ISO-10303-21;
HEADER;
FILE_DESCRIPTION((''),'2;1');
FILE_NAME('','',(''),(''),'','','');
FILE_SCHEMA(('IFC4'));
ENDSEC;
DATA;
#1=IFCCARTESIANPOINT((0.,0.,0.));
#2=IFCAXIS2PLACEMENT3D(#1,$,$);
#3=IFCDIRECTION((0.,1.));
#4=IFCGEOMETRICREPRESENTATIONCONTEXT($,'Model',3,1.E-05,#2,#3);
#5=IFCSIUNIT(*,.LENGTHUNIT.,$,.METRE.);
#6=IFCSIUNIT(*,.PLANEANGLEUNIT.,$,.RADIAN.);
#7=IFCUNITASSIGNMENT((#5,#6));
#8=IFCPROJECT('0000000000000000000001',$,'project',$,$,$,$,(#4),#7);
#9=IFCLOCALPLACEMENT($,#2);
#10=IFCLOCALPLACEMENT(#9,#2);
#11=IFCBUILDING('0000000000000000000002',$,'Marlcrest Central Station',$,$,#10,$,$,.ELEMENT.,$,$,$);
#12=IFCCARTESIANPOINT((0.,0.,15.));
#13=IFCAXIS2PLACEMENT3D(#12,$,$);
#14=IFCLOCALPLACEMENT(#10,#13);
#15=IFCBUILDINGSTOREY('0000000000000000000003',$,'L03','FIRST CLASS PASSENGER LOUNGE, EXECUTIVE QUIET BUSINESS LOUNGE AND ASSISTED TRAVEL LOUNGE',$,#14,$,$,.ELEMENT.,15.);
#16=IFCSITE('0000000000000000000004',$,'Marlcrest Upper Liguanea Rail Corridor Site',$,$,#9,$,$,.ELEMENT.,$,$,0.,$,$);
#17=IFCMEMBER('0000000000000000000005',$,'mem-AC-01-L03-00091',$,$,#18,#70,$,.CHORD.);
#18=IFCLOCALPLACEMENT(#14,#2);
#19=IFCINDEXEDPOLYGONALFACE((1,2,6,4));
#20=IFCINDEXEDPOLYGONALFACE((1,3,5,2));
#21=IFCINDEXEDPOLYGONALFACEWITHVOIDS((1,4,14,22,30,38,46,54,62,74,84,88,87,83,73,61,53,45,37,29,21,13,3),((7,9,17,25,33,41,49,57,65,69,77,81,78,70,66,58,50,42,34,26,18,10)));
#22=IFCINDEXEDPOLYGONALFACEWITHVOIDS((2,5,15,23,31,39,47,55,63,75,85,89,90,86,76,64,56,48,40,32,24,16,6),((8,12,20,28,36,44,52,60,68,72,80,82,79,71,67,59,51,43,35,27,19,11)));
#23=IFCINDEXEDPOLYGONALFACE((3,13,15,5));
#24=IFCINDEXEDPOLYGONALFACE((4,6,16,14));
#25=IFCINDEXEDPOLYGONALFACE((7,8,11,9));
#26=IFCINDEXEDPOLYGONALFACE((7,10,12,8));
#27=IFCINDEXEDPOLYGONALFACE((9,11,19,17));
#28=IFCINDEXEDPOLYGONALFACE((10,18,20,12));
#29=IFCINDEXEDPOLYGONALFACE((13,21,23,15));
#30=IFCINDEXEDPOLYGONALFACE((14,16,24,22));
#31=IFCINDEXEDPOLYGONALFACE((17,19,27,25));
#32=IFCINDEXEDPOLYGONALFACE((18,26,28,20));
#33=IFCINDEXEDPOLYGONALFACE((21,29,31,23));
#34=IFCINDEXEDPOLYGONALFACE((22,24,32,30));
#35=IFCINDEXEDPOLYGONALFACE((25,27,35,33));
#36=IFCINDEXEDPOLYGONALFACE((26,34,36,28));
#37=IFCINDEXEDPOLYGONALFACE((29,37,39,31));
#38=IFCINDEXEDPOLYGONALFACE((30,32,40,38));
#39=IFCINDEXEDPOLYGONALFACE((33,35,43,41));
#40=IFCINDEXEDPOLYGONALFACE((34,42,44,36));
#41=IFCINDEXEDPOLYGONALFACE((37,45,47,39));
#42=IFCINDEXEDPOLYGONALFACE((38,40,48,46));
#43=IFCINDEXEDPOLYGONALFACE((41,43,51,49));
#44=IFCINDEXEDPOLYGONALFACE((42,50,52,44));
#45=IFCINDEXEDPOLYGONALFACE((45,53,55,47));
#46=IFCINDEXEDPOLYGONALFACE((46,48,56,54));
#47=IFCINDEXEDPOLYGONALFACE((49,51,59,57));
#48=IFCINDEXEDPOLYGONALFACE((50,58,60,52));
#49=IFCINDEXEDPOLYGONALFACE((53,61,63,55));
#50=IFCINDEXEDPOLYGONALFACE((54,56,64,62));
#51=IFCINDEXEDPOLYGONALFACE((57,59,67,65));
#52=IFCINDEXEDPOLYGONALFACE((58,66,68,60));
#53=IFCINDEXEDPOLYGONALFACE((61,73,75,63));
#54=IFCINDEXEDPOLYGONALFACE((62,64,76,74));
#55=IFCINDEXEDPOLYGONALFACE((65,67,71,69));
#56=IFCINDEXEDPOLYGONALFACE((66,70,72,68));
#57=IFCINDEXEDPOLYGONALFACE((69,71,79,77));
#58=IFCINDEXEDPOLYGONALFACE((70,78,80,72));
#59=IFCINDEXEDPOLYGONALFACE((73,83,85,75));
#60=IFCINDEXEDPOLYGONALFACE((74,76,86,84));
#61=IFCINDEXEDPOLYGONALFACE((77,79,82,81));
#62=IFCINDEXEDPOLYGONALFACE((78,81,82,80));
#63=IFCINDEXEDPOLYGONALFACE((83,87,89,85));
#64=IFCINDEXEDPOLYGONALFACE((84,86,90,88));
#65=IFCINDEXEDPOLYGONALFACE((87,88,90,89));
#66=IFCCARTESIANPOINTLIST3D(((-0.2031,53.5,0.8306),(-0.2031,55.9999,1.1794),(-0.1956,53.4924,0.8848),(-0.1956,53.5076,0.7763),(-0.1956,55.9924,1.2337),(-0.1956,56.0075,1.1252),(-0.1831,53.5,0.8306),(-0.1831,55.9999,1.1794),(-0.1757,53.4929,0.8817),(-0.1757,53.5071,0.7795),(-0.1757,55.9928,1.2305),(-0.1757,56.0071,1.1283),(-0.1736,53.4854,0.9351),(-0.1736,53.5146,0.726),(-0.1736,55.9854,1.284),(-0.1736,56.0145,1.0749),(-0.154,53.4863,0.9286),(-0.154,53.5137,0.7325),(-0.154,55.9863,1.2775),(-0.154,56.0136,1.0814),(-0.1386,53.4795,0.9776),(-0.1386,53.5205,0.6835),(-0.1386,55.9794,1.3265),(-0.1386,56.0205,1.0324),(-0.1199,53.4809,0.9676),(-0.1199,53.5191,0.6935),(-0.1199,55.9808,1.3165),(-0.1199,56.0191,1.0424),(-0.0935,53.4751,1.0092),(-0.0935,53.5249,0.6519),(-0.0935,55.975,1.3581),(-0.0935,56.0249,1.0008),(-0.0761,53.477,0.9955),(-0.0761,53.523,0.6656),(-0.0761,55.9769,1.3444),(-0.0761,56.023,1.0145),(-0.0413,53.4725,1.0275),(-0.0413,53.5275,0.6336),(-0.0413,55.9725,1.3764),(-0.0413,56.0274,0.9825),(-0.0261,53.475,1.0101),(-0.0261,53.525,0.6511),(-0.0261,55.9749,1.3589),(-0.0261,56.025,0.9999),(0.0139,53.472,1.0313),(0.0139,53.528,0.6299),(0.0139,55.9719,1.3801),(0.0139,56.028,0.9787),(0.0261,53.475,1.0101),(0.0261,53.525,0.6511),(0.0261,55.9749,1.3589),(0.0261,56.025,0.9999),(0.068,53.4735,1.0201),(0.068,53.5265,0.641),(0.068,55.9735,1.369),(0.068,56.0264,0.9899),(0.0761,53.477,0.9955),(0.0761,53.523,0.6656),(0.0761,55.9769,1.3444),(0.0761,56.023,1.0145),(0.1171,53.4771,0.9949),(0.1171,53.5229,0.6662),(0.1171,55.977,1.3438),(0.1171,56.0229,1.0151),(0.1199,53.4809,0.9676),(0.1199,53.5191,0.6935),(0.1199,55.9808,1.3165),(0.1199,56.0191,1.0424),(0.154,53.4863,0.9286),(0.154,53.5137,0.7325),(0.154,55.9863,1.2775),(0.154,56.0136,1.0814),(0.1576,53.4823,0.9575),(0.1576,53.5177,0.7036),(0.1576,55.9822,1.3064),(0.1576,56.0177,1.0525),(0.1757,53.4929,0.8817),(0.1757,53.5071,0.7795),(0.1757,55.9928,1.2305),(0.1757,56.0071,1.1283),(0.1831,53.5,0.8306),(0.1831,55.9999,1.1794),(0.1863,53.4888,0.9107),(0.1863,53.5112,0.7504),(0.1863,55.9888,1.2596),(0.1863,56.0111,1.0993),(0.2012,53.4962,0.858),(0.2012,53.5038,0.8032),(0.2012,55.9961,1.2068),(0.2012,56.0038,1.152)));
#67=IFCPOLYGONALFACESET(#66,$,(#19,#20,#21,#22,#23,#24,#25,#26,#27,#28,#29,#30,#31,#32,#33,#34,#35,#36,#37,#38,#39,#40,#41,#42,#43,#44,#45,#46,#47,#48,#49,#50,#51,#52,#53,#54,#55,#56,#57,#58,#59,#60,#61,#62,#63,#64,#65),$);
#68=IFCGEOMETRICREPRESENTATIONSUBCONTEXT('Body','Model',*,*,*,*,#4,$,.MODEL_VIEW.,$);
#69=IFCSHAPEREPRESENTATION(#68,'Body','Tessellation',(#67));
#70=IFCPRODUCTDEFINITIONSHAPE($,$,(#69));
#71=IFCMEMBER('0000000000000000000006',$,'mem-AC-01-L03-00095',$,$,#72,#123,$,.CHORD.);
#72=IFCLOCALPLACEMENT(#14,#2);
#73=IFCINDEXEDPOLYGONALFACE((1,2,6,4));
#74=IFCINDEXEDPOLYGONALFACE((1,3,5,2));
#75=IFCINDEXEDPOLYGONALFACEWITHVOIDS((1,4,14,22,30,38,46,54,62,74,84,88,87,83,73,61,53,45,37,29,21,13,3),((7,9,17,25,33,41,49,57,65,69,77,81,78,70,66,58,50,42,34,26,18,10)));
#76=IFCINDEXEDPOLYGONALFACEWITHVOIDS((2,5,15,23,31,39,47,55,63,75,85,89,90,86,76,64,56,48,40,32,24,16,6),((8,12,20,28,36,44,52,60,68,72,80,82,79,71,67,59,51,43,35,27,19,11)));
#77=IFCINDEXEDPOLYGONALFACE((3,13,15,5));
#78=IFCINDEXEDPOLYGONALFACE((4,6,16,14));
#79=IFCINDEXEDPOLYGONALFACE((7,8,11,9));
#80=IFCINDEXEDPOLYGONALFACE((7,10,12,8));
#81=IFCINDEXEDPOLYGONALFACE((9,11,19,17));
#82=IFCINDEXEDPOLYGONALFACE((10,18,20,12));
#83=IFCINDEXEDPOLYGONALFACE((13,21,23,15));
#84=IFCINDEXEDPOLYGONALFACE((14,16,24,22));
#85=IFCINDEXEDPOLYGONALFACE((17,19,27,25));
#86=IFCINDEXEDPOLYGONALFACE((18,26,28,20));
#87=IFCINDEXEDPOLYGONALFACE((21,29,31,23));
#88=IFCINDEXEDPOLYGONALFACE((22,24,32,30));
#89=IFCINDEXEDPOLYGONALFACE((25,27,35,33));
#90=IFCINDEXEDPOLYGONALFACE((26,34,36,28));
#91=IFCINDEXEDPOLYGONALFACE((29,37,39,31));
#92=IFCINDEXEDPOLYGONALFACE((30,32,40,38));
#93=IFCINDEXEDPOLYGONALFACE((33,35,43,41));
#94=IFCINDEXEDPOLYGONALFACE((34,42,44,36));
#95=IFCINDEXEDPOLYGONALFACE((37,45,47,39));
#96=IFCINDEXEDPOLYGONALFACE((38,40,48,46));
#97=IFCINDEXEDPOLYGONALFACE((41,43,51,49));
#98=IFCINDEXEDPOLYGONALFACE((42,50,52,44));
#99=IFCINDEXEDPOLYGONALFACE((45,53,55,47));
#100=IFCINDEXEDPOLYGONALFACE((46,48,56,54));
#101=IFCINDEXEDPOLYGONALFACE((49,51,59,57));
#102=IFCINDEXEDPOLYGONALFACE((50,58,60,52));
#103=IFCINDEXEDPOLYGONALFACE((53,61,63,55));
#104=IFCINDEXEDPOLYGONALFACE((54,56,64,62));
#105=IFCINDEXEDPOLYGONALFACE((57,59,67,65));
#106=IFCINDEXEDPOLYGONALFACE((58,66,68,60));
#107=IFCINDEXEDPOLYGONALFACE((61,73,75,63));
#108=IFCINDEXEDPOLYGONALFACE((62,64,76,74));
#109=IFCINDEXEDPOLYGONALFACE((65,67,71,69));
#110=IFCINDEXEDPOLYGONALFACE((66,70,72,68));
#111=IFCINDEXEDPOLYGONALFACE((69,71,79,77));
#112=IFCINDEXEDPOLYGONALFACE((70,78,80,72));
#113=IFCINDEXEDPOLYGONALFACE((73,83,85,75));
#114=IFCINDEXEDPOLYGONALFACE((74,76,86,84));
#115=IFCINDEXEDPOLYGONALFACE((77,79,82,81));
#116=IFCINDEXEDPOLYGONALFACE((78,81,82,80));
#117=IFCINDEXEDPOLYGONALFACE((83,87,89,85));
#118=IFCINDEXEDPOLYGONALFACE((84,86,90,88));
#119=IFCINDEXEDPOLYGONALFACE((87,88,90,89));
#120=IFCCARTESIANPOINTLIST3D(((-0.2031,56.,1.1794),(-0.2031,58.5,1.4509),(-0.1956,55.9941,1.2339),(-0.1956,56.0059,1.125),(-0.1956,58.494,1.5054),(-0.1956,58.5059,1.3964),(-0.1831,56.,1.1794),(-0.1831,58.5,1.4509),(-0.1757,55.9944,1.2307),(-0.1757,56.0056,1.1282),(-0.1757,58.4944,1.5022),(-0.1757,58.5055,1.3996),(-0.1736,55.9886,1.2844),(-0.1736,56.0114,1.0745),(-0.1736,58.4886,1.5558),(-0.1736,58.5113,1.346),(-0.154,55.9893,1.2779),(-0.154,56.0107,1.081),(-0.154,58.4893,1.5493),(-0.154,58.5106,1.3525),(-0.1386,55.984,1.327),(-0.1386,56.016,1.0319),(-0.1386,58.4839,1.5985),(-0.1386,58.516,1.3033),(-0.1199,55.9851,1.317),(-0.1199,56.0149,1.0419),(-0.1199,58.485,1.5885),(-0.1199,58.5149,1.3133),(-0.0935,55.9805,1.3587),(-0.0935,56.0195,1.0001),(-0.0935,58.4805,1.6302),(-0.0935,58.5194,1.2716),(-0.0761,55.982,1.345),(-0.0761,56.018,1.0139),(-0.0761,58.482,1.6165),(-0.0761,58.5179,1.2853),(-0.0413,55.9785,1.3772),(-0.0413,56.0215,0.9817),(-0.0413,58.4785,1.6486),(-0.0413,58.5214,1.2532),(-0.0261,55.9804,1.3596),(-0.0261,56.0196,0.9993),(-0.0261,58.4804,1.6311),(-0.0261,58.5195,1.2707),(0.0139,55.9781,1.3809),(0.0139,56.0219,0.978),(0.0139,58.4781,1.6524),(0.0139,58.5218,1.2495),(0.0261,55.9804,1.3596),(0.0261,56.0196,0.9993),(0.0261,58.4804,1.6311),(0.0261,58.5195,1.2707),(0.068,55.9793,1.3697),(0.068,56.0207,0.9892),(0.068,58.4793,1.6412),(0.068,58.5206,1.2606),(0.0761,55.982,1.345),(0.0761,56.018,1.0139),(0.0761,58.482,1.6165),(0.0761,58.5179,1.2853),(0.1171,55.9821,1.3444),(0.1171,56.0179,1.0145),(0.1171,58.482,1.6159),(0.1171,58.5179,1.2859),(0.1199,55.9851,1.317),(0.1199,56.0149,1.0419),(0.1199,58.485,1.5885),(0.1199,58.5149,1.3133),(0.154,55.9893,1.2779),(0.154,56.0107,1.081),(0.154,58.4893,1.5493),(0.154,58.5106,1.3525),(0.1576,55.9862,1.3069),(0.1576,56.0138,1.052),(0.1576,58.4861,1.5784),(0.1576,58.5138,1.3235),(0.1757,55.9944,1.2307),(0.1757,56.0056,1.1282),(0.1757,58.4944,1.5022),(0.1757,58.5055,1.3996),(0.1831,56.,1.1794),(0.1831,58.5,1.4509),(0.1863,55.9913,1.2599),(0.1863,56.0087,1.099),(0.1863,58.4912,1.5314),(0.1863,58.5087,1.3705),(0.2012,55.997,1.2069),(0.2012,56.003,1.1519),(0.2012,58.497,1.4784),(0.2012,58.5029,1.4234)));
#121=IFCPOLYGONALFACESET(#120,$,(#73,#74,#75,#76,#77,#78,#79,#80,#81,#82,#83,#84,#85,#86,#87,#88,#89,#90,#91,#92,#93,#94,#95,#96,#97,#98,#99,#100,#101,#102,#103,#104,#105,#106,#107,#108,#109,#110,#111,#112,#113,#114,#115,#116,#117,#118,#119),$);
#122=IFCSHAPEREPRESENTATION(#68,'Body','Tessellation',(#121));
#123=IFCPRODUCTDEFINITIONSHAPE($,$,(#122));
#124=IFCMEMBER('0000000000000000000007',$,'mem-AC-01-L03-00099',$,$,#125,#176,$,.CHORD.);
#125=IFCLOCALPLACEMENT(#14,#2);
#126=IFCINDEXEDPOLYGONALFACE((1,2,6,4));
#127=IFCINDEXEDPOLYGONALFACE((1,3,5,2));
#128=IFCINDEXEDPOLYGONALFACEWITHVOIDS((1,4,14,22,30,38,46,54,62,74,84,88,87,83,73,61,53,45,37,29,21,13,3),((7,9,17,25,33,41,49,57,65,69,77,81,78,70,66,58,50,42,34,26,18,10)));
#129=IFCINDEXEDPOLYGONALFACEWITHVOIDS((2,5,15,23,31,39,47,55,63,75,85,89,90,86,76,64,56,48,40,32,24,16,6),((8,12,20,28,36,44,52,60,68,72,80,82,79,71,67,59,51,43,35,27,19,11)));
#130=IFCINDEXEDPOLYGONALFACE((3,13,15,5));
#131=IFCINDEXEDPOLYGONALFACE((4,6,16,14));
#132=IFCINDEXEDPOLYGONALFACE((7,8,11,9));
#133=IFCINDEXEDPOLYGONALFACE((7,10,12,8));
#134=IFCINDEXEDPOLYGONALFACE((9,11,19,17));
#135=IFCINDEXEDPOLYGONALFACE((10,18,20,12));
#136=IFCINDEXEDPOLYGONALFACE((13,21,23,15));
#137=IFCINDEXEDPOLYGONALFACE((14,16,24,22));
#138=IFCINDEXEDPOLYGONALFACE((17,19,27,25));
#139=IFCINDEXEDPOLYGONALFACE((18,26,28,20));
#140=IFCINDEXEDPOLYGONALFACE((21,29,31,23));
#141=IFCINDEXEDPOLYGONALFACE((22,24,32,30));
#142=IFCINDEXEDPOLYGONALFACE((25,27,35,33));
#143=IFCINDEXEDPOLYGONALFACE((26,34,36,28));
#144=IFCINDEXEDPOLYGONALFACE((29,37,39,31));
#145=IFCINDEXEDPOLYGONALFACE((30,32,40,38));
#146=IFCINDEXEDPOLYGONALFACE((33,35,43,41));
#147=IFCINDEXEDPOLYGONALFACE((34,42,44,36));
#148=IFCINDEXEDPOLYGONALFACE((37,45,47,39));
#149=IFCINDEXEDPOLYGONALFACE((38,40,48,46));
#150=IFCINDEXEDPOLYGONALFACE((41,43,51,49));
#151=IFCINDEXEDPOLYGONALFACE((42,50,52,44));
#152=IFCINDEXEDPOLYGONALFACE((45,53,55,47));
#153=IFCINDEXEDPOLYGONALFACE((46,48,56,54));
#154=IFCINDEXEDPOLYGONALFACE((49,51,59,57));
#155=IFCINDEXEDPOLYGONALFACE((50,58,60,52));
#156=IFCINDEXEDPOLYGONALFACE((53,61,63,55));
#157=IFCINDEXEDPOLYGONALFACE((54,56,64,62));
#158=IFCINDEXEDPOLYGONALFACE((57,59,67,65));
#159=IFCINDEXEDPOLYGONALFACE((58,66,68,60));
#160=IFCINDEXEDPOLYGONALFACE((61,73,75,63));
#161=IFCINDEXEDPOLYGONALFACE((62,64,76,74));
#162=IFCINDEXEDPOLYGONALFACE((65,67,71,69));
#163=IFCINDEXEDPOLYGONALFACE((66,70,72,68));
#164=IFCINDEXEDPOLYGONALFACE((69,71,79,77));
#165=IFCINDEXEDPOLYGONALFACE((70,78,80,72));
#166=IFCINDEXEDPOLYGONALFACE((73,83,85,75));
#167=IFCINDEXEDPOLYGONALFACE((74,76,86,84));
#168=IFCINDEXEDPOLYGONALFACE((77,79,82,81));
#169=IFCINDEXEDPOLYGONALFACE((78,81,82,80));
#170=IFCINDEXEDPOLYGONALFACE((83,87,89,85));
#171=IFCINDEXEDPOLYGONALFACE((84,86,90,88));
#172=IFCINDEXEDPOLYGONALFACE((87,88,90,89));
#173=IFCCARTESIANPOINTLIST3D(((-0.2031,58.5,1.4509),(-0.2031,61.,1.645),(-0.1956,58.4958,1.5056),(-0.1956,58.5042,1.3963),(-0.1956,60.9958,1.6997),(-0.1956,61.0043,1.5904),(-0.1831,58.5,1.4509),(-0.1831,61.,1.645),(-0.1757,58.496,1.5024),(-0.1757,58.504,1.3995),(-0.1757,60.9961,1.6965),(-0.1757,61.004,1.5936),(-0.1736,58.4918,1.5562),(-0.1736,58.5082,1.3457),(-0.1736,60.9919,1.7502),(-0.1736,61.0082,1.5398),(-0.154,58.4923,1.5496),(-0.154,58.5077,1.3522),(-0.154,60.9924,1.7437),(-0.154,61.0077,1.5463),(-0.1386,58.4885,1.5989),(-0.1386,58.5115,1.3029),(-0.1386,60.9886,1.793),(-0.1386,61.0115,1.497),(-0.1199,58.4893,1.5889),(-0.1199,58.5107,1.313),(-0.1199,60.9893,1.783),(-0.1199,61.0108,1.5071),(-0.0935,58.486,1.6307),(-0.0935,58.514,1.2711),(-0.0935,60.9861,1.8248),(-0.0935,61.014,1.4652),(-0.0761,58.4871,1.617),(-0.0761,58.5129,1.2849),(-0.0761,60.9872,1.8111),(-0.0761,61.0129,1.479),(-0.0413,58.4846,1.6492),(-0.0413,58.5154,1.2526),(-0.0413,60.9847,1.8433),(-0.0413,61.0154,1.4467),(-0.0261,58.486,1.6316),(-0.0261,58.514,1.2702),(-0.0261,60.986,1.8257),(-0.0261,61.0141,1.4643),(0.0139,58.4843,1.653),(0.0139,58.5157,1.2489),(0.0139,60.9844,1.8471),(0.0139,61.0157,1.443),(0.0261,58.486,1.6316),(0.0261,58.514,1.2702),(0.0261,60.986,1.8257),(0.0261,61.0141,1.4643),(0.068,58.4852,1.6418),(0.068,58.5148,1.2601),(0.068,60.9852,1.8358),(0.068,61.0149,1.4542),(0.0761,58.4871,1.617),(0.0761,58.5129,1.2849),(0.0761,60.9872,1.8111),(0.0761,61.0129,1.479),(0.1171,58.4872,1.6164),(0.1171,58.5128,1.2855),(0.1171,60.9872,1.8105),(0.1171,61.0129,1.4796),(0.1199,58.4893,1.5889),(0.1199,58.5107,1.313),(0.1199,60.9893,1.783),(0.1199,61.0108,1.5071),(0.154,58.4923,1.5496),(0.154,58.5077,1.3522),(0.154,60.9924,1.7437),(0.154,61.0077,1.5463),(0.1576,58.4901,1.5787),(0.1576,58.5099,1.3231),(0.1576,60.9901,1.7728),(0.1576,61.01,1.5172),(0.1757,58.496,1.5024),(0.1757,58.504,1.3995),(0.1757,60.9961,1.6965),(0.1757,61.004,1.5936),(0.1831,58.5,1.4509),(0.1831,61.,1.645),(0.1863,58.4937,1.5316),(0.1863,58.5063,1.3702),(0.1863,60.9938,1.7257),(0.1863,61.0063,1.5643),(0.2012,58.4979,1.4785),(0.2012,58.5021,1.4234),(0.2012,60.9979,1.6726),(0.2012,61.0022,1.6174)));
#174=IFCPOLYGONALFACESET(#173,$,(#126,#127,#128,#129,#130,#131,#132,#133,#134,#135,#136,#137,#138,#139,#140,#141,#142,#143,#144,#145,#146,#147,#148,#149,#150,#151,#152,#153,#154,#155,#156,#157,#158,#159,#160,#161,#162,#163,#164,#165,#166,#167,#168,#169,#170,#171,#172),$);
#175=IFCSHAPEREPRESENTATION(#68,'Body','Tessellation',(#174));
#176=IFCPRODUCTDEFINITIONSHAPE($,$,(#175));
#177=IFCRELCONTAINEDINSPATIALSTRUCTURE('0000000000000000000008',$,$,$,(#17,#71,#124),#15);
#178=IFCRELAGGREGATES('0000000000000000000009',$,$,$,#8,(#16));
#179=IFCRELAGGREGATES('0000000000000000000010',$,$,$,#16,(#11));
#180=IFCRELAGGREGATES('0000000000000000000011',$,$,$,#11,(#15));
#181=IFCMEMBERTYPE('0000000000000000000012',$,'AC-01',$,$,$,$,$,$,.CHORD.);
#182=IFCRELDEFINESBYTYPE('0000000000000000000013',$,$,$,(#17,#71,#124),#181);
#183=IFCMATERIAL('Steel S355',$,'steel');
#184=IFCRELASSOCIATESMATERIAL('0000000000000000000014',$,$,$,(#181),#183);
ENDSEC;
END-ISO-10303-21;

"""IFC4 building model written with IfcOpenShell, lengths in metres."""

from ifc_helpers import new_model, si_unit, direction, frame, origin, origin_2d, place, context, subcontext, project, spatial, hollow_circle, extrude, material, material_profile, profile_set, type_object, element, save


model = new_model("IFC4")

# Units and contexts
model_context = context("Model", 3, precision=1e-05, world=origin(), true_north=direction((0.0, 1.0)))
body_context = subcontext(model_context, "Body", "Model", "MODEL_VIEW")
ifc_project = project(units=[si_unit("LENGTHUNIT", "METRE"), si_unit("PLANEANGLEUNIT", "RADIAN")], contexts=[model_context])

# Site, building, storey
site_placement = place(None, origin())
site = spatial("IfcSite", under=ifc_project, at=site_placement, Name="Marlcrest Upper Liguanea Rail Corridor Site", CompositionType="ELEMENT", RefElevation=0.0)
building_placement = place(site_placement, origin())
building = spatial("IfcBuilding", under=site, at=building_placement, Name="Marlcrest Central Station", CompositionType="ELEMENT")
storey_placement = place(building_placement, frame((0.0, 0.0, 15.0)))
storey = spatial("IfcBuildingStorey", under=building, at=storey_placement, Name="L03", Description="FIRST CLASS PASSENGER LOUNGE, EXECUTIVE QUIET BUSINESS LOUNGE AND ASSISTED TRAVEL LOUNGE", CompositionType="ELEMENT", Elevation=15.0)

# Members
ifc_material_1 = material(Name="Steel S355", Category="steel")
ifc_material_profile_1 = material_profile(ifc_material_1, hollow_circle(Radius=0.2031, WallThickness=0.02, at=origin_2d()), Name="CHS 406.4x20")
ifc_profile_set_1 = profile_set([ifc_material_profile_1], Name="Steel S355")
member_type_1 = type_object("IfcMemberType", Name="AC-01", PredefinedType="CHORD", material=ifc_profile_set_1)
member_1_placement = place(storey_placement, frame((0.0, 53.5, 0.8306), z_axis=(0.0, 0.990403, 0.138211), x_axis=(-1.0, 0.0, 0.0)))
element("IfcMember", 1, at=member_1_placement, inside=storey, type_object=member_type_1, Name="mem-AC-01-L03-00091", PredefinedType="CHORD", context=body_context, shape_type="SweptSolid", body=[
    extrude(hollow_circle(Radius=0.2031, WallThickness=0.02, at=origin_2d()), origin(), (0.0, 0.0, 1.0), 2.5242),
])
member_2_placement = place(storey_placement, frame((0.0, 56.0, 1.1794), z_axis=(0.0, 0.994155, 0.107959), x_axis=(-1.0, 0.0, 0.0)))
element("IfcMember", 2, at=member_2_placement, inside=storey, type_object=member_type_1, Name="mem-AC-01-L03-00095", PredefinedType="CHORD", context=body_context, shape_type="SweptSolid", body=[
    extrude(hollow_circle(Radius=0.2031, WallThickness=0.02, at=origin_2d()), origin(), (0.0, 0.0, 1.0), 2.5146),
])
member_3_placement = place(storey_placement, frame((0.0, 58.5, 1.4509), z_axis=(0.0, 0.997, 0.077404), x_axis=(-1.0, 0.0, 0.0)))
element("IfcMember", 3, at=member_3_placement, inside=storey, type_object=member_type_1, Name="mem-AC-01-L03-00099", PredefinedType="CHORD", context=body_context, shape_type="SweptSolid", body=[
    extrude(hollow_circle(Radius=0.2031, WallThickness=0.02, at=origin_2d()), origin(), (0.0, 0.0, 1.0), 2.5076),
])

save(model, "model.ifc")
